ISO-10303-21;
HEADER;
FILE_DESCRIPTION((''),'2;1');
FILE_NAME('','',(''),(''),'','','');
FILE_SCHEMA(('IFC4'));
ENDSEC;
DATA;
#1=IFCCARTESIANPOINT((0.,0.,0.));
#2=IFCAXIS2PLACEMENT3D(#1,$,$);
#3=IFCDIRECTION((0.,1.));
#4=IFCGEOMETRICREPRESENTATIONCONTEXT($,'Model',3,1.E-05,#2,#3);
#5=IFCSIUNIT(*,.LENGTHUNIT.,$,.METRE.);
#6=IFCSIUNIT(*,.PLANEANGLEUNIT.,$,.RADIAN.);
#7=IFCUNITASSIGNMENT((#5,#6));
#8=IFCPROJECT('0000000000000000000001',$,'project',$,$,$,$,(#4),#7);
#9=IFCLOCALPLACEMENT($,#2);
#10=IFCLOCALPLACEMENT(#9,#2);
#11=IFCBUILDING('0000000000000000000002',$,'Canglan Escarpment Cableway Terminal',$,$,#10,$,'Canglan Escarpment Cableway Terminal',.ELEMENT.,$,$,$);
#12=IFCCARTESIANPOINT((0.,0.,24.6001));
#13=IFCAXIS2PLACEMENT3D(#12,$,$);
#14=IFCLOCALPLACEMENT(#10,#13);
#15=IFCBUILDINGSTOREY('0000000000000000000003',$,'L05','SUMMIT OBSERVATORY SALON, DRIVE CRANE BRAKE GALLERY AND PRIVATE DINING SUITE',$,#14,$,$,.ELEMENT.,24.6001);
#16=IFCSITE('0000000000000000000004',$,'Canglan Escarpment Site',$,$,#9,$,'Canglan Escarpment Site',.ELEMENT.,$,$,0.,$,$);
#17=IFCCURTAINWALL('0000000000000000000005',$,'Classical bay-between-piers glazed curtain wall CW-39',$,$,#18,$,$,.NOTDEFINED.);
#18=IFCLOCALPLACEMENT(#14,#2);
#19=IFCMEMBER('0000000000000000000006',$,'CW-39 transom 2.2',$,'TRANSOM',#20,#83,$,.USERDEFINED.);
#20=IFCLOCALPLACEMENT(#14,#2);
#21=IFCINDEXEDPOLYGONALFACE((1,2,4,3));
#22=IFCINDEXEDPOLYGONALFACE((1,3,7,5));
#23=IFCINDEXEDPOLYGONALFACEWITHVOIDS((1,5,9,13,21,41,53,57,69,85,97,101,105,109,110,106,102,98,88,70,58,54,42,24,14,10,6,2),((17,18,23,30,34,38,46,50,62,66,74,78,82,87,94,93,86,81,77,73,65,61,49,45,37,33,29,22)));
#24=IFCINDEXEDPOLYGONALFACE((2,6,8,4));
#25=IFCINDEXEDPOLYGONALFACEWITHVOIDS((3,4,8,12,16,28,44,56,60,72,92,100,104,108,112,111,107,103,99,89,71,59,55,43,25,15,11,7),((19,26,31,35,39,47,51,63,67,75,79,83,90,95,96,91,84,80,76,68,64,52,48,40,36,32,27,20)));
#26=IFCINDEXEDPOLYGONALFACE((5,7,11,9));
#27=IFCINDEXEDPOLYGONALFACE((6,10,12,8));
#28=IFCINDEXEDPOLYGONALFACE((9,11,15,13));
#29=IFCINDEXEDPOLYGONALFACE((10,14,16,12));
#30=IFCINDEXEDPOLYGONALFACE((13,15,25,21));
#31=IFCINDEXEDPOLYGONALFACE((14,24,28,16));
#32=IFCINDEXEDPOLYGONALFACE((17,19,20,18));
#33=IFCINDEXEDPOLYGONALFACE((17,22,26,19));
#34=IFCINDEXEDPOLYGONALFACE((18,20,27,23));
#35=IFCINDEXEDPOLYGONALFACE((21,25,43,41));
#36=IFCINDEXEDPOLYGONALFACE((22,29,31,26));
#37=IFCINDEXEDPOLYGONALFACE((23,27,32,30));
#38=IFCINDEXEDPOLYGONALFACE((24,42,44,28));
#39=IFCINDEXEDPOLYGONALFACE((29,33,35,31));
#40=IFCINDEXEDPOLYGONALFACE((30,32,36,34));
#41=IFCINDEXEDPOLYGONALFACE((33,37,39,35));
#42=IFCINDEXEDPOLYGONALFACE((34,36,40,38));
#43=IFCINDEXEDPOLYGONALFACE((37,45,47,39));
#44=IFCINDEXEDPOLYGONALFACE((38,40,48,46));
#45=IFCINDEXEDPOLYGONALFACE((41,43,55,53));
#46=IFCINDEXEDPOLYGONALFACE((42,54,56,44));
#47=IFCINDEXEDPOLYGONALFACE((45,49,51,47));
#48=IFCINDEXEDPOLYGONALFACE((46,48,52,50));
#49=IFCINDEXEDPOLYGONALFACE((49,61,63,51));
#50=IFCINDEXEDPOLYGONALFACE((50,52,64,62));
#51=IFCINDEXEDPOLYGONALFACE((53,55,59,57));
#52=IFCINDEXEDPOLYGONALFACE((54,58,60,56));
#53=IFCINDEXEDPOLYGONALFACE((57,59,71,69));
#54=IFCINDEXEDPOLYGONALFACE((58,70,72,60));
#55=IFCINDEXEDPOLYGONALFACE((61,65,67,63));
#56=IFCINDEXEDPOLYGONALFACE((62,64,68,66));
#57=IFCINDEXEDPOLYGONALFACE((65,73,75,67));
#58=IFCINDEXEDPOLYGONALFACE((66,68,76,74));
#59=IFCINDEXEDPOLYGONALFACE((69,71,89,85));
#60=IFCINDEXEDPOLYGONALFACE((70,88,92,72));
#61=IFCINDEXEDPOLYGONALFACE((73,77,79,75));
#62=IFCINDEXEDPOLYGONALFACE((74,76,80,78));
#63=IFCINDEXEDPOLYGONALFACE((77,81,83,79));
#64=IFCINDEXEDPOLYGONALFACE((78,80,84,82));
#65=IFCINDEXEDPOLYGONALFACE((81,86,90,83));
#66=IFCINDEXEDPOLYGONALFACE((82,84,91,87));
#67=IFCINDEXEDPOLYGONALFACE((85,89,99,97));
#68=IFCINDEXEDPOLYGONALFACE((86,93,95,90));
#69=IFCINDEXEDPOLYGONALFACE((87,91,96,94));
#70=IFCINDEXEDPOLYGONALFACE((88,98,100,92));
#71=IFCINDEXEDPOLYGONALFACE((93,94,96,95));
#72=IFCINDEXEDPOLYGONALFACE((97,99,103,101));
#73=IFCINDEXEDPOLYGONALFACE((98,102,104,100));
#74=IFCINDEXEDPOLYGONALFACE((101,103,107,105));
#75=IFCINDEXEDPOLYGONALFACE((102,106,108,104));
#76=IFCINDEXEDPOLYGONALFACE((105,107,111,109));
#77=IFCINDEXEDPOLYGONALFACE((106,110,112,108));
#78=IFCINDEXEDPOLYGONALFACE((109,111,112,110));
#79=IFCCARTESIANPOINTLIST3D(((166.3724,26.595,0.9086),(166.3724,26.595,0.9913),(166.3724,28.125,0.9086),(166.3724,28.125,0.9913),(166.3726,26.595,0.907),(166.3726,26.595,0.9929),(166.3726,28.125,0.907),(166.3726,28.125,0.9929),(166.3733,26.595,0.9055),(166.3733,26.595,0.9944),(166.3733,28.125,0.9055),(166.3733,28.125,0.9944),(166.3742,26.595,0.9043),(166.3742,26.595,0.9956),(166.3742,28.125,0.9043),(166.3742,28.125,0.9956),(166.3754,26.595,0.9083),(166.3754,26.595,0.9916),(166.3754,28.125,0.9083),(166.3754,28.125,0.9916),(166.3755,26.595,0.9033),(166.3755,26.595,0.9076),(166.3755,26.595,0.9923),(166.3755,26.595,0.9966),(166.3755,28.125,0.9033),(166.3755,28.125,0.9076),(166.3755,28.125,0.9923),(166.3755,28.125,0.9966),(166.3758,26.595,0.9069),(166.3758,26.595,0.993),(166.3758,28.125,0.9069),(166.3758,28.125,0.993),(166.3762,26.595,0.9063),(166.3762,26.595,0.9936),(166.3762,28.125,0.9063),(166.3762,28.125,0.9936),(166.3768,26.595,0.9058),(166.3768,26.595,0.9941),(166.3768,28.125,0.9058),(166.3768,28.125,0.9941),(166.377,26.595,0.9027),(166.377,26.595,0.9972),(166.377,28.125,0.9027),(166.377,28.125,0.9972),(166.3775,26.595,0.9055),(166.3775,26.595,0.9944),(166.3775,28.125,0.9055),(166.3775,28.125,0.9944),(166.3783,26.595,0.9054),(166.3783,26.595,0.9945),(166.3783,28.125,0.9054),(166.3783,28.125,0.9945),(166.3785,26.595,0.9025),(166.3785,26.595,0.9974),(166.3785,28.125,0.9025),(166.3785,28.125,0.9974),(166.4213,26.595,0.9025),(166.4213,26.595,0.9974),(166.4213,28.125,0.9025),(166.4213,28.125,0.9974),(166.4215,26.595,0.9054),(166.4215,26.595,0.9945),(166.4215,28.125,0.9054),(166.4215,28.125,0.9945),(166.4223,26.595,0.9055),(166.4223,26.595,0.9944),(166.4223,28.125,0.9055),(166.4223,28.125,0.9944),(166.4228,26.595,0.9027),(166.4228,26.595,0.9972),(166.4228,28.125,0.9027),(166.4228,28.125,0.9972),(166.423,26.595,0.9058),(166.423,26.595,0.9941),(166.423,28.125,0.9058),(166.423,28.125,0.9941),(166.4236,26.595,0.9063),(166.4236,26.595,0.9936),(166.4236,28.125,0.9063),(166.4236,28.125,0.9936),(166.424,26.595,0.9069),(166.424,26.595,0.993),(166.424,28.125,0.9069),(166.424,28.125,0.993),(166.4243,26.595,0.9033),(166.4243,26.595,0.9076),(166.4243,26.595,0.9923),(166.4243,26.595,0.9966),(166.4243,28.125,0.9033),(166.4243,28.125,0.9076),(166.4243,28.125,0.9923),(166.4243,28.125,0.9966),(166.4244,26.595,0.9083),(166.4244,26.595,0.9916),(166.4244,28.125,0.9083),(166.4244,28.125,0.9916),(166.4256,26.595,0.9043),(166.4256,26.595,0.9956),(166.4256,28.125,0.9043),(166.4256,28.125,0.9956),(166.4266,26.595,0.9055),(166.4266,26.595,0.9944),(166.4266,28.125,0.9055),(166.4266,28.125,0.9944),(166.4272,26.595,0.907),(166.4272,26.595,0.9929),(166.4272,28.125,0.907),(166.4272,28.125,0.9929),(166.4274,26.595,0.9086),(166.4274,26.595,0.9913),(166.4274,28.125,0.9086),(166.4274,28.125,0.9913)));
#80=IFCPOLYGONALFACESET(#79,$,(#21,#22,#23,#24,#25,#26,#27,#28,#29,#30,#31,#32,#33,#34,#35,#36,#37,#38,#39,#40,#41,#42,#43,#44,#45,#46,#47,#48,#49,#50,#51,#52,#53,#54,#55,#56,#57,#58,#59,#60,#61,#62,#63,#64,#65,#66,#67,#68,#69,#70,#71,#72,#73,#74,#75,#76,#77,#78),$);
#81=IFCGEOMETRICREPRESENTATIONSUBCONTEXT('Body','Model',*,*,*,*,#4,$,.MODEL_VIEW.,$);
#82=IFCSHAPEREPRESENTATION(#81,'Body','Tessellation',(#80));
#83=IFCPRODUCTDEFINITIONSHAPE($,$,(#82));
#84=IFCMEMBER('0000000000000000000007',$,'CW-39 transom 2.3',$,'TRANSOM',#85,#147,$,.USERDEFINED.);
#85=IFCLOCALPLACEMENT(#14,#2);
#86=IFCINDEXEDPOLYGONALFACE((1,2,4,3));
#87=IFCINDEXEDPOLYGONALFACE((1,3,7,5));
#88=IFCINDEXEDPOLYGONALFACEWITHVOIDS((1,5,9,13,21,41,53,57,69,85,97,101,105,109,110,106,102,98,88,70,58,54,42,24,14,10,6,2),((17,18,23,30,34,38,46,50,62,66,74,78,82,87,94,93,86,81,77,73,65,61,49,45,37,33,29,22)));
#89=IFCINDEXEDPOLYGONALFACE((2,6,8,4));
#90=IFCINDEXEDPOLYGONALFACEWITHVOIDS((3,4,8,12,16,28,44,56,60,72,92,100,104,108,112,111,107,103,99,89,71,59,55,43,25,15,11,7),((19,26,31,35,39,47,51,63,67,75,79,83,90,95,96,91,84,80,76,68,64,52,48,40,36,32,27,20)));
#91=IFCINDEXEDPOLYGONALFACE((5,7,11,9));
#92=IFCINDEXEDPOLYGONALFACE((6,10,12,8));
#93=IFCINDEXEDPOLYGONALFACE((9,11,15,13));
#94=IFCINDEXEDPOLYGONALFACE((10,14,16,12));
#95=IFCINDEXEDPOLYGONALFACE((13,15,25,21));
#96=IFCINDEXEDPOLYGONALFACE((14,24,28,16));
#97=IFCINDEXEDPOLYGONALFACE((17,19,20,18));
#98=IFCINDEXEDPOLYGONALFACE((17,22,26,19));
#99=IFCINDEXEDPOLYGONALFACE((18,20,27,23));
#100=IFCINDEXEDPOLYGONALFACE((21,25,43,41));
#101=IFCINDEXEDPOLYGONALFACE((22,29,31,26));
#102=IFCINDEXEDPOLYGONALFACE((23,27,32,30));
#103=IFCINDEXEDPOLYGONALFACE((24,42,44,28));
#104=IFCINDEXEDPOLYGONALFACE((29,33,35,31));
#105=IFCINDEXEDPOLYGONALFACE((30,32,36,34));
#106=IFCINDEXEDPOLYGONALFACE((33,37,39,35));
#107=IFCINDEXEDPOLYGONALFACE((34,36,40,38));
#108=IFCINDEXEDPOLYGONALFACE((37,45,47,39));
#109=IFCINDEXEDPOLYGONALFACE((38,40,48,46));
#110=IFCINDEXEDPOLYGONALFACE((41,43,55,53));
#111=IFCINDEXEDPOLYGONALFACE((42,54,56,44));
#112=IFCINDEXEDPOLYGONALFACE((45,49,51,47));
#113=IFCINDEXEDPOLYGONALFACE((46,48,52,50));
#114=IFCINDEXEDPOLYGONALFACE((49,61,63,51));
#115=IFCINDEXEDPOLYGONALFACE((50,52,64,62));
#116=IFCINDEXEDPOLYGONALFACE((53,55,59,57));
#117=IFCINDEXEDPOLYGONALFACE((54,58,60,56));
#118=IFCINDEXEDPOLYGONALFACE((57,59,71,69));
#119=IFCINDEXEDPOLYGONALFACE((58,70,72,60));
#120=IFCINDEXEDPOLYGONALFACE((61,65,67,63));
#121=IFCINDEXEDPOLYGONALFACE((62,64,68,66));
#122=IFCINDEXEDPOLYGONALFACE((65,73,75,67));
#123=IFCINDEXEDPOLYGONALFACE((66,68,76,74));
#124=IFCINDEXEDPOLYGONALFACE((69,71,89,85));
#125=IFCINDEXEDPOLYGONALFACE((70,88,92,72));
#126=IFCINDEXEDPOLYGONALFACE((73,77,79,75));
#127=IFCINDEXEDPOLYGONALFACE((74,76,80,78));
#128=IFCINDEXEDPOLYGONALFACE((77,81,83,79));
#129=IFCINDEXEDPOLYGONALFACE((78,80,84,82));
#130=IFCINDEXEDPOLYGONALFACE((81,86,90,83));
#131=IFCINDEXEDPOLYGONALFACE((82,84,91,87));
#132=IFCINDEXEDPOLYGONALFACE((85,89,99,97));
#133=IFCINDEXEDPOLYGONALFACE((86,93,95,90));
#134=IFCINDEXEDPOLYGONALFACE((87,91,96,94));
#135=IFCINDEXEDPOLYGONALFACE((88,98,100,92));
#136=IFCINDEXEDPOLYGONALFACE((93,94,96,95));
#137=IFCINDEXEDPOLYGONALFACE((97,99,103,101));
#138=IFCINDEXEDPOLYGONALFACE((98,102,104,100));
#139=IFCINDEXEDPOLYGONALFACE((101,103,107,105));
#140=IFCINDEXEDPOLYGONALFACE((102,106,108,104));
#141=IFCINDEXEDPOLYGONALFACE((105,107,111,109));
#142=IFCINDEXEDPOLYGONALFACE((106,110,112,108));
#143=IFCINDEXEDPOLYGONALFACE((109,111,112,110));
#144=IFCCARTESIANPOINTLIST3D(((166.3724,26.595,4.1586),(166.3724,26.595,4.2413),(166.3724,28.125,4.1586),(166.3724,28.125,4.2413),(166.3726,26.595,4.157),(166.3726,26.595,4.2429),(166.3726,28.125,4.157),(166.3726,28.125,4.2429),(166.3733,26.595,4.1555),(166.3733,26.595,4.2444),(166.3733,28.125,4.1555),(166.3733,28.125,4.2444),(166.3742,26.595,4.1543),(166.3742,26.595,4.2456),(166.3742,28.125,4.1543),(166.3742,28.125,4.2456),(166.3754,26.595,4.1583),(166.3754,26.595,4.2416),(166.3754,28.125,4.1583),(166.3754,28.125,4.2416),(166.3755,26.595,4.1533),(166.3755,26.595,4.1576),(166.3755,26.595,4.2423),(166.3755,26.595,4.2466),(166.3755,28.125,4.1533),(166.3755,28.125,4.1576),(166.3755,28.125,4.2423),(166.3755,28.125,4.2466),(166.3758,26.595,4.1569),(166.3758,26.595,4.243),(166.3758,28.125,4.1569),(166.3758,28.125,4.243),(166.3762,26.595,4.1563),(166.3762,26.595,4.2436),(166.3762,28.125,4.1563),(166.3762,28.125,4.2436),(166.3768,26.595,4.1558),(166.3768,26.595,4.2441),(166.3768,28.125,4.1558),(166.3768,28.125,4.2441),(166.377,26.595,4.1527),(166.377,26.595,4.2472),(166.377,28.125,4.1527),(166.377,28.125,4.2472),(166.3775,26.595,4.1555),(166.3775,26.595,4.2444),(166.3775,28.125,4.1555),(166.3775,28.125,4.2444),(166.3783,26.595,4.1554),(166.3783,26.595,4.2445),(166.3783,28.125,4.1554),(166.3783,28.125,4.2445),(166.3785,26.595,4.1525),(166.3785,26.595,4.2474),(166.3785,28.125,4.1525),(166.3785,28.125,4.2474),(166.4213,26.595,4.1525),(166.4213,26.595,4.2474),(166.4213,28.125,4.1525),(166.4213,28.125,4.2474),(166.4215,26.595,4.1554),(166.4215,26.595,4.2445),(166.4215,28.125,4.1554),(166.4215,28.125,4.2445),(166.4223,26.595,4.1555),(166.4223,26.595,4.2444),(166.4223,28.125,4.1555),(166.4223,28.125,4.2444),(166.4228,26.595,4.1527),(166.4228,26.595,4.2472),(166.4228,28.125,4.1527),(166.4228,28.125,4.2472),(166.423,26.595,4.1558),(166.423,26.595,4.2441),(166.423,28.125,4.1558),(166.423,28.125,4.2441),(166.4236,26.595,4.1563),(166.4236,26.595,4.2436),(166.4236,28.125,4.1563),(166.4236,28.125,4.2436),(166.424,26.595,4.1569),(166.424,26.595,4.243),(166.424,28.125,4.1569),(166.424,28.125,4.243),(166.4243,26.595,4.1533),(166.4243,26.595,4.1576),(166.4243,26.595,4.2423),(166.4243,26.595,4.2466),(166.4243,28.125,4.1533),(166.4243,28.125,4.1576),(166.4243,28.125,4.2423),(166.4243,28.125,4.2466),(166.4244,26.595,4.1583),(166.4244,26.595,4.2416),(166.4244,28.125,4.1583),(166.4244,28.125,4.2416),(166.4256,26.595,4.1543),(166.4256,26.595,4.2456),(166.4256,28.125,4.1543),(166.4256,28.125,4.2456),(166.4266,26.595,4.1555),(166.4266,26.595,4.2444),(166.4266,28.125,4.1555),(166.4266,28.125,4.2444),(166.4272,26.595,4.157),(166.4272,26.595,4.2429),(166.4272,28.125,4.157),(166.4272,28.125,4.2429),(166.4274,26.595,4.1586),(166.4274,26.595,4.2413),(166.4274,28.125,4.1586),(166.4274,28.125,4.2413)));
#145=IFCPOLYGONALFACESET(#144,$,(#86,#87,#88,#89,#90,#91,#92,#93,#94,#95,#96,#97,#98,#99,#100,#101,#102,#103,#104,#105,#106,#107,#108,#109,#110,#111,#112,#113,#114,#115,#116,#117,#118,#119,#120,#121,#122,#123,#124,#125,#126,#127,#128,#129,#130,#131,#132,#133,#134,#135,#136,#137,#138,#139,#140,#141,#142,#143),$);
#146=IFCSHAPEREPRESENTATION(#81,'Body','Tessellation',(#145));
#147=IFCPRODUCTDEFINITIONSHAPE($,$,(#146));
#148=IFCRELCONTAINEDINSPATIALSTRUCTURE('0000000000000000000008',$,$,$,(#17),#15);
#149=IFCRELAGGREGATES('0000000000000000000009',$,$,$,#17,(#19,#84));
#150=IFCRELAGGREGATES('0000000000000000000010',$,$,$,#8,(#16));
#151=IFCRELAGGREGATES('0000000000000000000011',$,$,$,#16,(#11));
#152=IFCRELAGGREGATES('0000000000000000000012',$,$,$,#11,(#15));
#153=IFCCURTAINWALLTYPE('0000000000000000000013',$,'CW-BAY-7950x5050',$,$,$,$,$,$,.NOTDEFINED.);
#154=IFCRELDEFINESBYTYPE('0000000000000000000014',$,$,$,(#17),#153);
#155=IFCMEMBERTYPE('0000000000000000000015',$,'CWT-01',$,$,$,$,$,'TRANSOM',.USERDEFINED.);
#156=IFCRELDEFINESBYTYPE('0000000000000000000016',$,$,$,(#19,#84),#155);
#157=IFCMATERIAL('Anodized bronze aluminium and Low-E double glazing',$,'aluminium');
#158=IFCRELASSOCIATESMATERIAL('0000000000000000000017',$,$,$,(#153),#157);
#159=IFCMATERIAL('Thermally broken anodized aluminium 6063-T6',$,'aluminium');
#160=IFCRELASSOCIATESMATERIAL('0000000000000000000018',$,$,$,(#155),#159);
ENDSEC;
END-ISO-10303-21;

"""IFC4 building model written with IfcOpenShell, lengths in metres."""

from ifc_helpers import new_model, si_unit, direction, frame, origin, origin_2d, place, context, subcontext, project, spatial, hollow_rectangle, extrude, material, material_profile, profile_set, type_object, element, aggregate, save


model = new_model("IFC4")

# Units and contexts
model_context = context("Model", 3, precision=1e-05, world=origin(), true_north=direction((0.0, 1.0)))
body_context = subcontext(model_context, "Body", "Model", "MODEL_VIEW")
ifc_project = project(units=[si_unit("LENGTHUNIT", "METRE"), si_unit("PLANEANGLEUNIT", "RADIAN")], contexts=[model_context])

# Site, building, storey
site_placement = place(None, origin())
site = spatial("IfcSite", under=ifc_project, at=site_placement, Name="Canglan Escarpment Site", LongName="Canglan Escarpment Site", CompositionType="ELEMENT", RefElevation=0.0)
building_placement = place(site_placement, origin())
building = spatial("IfcBuilding", under=site, at=building_placement, Name="Canglan Escarpment Cableway Terminal", LongName="Canglan Escarpment Cableway Terminal", CompositionType="ELEMENT")
storey_placement = place(building_placement, frame((0.0, 0.0, 24.6001)))
storey = spatial("IfcBuildingStorey", under=building, at=storey_placement, Name="L05", Description="SUMMIT OBSERVATORY SALON, DRIVE CRANE BRAKE GALLERY AND PRIVATE DINING SUITE", CompositionType="ELEMENT", Elevation=24.6001)

# Curtain wall, members
ifc_material_1 = material(Name="Anodized bronze aluminium and Low-E double glazing", Category="aluminium")
curtain_wall_type = type_object("IfcCurtainWallType", Name="CW-BAY-7950x5050", PredefinedType="NOTDEFINED", material=ifc_material_1)
curtain_wall_placement = place(storey_placement, origin())
curtain_wall = element("IfcCurtainWall", 1, at=curtain_wall_placement, inside=storey, type_object=curtain_wall_type, Name="Classical bay-between-piers glazed curtain wall CW-39", PredefinedType="NOTDEFINED")
ifc_material_2 = material(Name="Thermally broken anodized aluminium 6063-T6", Category="aluminium")
ifc_material_profile_1 = material_profile(ifc_material_2, hollow_rectangle(XDim=0.0549, YDim=0.095, WallThickness=0.0029, InnerFilletRadius=0.0029, OuterFilletRadius=0.0061, at=origin_2d()), Name="ALU-TRAN 55x95x3")
ifc_profile_set_1 = profile_set([ifc_material_profile_1], Name="Thermally broken anodized aluminium 6063-T6")
member_type_1 = type_object("IfcMemberType", Name="CWT-01", ElementType="TRANSOM", PredefinedType="USERDEFINED", material=ifc_profile_set_1)
member_1_placement = place(storey_placement, frame((166.3999, 26.595, 0.95), z_axis=(0.0, 1.0, 0.0), x_axis=(-1.0, 0.0, 0.0)))
member_1 = element("IfcMember", 2, at=member_1_placement, type_object=member_type_1, Name="CW-39 transom 2.2", ObjectType="TRANSOM", PredefinedType="USERDEFINED", context=body_context, shape_type="SweptSolid", body=[
    extrude(hollow_rectangle(XDim=0.0549, YDim=0.095, WallThickness=0.0029, InnerFilletRadius=0.0029, OuterFilletRadius=0.0061, at=origin_2d()), origin(), (0.0, 0.0, 1.0), 1.53),
])
member_2_placement = place(storey_placement, frame((166.3999, 26.595, 4.2), z_axis=(0.0, 1.0, 0.0), x_axis=(-1.0, 0.0, 0.0)))
member_2 = element("IfcMember", 3, at=member_2_placement, type_object=member_type_1, Name="CW-39 transom 2.3", ObjectType="TRANSOM", PredefinedType="USERDEFINED", context=body_context, shape_type="SweptSolid", body=[
    extrude(hollow_rectangle(XDim=0.0549, YDim=0.095, WallThickness=0.0029, InnerFilletRadius=0.0029, OuterFilletRadius=0.0061, at=origin_2d()), origin(), (0.0, 0.0, 1.0), 1.53),
])
aggregate(curtain_wall, [member_1, member_2])

save(model, "model.ifc")
